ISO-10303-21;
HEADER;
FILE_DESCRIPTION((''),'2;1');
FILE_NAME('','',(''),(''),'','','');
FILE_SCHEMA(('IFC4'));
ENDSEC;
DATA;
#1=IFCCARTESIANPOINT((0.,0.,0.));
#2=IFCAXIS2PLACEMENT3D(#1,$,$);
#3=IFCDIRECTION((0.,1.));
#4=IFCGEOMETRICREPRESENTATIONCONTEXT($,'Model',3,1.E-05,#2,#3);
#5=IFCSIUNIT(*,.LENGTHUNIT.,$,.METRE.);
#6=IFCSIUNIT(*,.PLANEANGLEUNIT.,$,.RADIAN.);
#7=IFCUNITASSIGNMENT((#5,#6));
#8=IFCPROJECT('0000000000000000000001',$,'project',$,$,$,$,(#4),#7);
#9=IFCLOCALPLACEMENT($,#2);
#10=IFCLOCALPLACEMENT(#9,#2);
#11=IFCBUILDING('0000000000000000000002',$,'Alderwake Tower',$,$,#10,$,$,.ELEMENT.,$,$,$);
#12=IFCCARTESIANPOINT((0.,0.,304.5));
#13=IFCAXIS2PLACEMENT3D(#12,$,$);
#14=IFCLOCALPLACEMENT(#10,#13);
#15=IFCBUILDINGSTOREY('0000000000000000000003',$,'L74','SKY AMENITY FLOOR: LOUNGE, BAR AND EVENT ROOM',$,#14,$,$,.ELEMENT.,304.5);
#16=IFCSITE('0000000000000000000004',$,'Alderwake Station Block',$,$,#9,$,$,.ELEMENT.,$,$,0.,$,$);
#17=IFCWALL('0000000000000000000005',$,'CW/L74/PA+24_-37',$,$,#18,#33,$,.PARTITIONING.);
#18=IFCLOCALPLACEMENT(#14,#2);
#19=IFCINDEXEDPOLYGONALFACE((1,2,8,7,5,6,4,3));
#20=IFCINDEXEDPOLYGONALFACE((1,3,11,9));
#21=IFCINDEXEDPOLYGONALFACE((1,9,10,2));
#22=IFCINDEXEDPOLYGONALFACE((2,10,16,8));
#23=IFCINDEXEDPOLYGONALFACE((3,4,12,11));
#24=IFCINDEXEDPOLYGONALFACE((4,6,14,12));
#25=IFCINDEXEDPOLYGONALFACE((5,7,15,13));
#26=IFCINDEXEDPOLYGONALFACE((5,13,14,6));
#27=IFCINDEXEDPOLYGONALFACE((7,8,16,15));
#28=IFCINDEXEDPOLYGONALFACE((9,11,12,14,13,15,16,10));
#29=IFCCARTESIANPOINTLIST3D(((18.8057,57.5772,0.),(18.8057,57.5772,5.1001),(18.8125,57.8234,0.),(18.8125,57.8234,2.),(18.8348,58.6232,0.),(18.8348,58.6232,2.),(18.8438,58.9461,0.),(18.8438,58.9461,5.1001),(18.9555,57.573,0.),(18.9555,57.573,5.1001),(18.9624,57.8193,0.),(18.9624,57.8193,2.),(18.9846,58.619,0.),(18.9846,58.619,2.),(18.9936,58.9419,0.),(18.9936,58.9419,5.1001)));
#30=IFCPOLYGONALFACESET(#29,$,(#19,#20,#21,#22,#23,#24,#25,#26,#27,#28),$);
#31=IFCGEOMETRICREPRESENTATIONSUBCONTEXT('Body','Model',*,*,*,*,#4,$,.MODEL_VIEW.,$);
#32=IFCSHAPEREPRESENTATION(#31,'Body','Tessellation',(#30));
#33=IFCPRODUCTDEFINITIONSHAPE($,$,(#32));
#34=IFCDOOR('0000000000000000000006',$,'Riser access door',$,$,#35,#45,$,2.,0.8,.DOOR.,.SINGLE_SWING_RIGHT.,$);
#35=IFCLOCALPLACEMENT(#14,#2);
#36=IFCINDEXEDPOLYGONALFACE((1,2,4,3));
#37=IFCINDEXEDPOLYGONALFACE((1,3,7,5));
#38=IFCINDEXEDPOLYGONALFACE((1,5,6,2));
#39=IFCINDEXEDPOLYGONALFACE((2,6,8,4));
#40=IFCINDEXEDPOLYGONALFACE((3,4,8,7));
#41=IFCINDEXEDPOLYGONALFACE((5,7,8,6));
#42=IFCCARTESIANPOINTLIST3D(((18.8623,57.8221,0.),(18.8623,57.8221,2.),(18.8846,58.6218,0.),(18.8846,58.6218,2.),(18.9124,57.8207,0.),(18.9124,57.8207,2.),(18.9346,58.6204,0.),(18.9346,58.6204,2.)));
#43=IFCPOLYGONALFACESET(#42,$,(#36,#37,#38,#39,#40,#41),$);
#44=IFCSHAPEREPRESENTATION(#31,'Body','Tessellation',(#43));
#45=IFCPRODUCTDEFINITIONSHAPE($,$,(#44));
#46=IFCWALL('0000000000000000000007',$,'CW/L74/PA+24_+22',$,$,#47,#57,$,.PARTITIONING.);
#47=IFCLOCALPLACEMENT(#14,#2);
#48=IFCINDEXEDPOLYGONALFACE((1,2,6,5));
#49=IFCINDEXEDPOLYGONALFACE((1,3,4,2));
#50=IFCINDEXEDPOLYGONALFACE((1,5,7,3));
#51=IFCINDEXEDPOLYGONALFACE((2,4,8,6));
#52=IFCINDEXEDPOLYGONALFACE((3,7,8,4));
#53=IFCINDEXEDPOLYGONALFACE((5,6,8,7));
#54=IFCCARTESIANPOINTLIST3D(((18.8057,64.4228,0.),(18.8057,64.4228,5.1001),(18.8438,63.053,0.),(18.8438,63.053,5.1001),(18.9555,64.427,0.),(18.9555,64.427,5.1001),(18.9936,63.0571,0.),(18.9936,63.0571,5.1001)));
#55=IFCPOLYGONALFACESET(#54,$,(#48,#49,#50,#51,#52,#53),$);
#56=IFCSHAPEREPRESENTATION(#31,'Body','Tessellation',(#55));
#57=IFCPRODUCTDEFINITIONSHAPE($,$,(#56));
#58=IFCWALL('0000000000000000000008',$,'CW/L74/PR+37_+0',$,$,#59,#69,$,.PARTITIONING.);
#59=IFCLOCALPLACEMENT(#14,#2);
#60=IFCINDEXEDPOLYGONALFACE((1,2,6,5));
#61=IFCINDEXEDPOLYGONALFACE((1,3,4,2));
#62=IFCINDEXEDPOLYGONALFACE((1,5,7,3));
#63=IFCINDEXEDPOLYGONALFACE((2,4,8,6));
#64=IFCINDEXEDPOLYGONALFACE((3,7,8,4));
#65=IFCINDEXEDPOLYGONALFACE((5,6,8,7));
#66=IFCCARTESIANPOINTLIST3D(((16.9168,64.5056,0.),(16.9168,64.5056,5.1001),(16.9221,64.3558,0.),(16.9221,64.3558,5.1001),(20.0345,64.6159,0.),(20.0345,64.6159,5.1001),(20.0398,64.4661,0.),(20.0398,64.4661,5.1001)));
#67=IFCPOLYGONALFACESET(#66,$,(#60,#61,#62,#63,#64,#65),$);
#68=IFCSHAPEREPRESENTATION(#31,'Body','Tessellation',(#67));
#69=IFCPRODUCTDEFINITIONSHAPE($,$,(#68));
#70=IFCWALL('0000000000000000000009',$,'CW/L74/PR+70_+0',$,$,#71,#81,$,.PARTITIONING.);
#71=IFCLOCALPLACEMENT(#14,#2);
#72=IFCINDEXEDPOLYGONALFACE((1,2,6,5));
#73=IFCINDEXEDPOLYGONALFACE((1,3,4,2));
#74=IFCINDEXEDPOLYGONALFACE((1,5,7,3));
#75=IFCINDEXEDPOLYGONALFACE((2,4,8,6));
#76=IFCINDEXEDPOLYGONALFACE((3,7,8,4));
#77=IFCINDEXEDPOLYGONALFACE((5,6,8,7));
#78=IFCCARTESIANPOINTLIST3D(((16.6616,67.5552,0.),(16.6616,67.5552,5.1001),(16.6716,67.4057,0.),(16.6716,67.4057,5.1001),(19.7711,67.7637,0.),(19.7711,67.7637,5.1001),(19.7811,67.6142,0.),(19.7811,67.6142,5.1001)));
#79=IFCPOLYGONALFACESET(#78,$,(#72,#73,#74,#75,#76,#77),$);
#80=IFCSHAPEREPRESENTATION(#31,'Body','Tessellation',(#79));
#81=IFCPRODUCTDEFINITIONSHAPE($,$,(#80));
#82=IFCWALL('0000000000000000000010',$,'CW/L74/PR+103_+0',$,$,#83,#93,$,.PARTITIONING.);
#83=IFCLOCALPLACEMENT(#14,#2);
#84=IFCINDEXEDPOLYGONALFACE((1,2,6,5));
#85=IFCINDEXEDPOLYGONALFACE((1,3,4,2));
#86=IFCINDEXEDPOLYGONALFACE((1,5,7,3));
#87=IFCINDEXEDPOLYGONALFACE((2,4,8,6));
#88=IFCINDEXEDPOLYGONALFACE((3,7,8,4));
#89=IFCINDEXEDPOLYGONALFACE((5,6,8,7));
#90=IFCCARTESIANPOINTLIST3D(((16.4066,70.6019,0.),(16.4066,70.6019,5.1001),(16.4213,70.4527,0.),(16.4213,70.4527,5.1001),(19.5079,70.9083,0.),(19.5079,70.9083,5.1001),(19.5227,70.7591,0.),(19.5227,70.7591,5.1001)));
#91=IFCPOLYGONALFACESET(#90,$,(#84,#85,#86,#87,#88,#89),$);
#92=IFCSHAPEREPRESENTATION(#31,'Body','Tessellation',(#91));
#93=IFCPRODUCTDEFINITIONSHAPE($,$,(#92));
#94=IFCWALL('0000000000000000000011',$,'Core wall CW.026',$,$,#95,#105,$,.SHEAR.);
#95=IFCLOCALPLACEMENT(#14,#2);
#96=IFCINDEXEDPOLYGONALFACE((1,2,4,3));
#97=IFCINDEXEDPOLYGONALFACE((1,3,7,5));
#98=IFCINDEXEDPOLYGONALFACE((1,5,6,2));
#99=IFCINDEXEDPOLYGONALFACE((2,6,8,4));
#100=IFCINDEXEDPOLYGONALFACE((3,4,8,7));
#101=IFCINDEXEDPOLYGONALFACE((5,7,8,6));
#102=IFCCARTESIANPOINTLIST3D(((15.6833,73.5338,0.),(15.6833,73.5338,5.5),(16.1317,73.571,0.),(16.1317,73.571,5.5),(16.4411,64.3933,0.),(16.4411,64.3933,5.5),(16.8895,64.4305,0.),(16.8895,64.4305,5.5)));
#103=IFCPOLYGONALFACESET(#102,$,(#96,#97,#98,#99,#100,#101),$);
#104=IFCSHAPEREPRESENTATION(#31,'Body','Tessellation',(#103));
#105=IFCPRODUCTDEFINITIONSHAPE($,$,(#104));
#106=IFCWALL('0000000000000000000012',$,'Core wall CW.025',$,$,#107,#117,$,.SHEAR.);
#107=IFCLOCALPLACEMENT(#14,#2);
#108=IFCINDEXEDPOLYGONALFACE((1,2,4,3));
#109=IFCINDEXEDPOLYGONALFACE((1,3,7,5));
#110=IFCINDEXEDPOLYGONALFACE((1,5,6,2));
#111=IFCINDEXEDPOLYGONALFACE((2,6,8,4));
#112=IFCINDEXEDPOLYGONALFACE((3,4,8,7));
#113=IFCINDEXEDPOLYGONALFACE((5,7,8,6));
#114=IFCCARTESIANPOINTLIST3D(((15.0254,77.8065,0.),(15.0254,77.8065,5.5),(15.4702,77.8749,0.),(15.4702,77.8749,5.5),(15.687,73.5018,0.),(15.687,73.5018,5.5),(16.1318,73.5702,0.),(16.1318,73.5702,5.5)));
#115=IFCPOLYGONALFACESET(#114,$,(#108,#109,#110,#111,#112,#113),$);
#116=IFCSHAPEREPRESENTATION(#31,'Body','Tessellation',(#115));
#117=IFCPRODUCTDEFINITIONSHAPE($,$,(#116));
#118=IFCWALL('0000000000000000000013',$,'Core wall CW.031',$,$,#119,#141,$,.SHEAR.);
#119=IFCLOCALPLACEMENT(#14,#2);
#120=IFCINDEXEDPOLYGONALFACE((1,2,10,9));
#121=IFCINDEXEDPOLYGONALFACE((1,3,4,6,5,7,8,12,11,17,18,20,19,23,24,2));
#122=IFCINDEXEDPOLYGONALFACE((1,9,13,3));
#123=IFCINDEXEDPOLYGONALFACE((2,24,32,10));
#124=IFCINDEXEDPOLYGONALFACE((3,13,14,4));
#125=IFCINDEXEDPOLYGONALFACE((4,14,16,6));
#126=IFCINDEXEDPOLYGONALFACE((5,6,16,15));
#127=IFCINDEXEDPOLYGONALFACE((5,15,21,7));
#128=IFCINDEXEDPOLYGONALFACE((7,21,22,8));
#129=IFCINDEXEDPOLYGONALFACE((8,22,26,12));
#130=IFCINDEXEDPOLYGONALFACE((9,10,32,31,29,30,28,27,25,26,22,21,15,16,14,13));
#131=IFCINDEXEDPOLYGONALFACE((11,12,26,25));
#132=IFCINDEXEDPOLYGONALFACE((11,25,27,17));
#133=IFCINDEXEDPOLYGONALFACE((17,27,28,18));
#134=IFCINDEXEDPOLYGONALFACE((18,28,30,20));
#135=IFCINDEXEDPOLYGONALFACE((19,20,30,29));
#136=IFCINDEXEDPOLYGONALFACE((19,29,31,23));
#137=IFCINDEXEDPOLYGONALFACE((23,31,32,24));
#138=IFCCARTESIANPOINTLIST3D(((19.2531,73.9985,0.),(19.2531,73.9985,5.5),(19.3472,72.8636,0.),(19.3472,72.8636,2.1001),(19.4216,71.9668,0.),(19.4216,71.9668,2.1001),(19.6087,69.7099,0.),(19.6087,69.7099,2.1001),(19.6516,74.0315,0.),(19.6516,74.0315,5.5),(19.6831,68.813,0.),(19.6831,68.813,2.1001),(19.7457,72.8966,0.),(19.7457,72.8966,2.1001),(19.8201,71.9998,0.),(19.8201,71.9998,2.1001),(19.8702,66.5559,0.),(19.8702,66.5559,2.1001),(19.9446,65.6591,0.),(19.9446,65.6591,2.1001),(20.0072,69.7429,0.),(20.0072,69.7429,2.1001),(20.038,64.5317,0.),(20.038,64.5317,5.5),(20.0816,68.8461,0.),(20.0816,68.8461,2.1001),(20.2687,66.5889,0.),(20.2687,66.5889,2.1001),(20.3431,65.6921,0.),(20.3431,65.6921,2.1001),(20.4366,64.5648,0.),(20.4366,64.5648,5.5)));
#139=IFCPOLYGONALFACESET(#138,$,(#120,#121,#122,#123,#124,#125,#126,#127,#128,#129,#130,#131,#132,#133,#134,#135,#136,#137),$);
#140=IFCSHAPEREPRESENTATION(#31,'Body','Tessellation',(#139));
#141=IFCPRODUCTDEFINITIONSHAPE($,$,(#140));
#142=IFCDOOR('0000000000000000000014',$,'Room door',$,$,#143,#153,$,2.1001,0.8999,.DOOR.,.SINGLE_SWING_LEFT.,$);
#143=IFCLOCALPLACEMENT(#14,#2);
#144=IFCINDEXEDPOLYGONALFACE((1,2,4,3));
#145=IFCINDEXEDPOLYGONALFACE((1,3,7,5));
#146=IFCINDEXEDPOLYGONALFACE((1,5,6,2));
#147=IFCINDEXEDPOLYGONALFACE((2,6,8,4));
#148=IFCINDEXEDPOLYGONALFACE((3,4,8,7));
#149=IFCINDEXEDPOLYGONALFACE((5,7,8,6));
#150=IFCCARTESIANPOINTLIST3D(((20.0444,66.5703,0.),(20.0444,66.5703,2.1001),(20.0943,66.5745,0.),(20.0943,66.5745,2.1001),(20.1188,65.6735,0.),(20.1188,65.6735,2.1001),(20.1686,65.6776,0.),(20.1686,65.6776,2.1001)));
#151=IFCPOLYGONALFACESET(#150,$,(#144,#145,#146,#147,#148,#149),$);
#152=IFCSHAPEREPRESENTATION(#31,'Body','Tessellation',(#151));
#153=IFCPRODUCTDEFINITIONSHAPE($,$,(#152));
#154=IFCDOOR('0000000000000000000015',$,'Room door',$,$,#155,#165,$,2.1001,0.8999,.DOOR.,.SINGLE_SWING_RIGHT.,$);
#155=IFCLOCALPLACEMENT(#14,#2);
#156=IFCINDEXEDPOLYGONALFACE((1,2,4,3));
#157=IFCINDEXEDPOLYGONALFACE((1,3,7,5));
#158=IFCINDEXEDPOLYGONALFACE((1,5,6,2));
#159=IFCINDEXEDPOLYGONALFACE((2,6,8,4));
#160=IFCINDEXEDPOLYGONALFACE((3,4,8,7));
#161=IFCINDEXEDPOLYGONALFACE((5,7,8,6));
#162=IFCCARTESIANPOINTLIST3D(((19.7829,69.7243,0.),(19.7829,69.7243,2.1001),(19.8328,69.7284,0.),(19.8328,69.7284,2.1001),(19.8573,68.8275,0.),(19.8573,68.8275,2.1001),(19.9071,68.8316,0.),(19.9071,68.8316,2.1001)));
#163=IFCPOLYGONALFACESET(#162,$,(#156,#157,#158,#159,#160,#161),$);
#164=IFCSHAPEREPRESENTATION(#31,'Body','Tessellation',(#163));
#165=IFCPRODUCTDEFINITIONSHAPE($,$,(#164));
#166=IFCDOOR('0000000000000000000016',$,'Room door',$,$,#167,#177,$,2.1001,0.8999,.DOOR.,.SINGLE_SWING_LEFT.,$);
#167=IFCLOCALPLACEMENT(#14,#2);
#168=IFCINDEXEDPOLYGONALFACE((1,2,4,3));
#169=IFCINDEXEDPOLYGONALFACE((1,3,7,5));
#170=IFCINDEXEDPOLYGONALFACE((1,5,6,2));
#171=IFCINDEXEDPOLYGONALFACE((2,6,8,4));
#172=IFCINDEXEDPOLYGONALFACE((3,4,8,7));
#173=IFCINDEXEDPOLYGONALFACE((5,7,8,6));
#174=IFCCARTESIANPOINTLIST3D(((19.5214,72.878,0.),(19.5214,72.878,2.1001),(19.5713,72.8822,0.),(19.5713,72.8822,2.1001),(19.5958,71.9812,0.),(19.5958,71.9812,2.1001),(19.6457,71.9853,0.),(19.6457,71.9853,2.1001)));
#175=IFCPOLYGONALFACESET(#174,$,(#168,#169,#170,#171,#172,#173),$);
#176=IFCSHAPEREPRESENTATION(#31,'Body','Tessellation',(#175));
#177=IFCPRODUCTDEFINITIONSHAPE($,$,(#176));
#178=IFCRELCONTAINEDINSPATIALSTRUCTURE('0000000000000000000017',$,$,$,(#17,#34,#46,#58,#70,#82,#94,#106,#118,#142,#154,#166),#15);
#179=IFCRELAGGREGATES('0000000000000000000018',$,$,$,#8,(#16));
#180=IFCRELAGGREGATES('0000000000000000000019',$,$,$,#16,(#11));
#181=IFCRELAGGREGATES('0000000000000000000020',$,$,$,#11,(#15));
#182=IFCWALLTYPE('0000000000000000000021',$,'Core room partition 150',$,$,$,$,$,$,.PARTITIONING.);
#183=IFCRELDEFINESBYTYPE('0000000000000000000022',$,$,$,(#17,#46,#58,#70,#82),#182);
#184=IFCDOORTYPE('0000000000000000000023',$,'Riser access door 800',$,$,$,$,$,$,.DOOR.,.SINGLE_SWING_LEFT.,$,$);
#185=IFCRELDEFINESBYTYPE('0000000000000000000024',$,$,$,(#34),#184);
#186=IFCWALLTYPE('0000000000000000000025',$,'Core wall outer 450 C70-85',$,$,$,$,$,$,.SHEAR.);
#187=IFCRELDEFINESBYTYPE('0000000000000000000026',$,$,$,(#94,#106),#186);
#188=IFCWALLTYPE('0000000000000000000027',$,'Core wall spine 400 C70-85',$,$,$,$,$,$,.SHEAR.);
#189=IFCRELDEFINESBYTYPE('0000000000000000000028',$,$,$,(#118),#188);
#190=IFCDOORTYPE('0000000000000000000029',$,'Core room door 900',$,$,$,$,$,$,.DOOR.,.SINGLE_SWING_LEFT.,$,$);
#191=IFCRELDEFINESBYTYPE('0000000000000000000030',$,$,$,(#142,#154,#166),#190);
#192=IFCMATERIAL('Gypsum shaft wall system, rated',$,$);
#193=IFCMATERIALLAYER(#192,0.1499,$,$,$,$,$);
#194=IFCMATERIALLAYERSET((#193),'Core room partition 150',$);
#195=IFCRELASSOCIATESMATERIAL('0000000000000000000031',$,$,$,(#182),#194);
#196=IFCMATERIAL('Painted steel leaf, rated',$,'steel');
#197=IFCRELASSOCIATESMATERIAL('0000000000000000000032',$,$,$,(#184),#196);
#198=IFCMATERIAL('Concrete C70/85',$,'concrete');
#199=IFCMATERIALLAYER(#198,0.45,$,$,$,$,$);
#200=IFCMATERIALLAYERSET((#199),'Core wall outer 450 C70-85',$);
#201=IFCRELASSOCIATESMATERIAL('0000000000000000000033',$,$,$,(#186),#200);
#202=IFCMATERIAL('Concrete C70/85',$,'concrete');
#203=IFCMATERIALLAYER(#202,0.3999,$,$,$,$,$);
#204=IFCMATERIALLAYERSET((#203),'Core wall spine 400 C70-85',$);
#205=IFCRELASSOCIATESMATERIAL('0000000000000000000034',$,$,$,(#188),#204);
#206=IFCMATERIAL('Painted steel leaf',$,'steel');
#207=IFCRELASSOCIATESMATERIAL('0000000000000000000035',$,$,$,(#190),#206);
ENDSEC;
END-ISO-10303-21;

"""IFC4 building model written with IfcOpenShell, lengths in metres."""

from ifc_helpers import new_model, si_unit, direction, frame, frame_2d, origin, place, context, subcontext, project, spatial, rectangle, extrude, material, layer, layer_set, type_object, element, fill, save


model = new_model("IFC4")

# Units and contexts
model_context = context("Model", 3, precision=1e-05, world=origin(), true_north=direction((0.0, 1.0)))
body_context = subcontext(model_context, "Body", "Model", "MODEL_VIEW")
ifc_project = project(units=[si_unit("LENGTHUNIT", "METRE"), si_unit("PLANEANGLEUNIT", "RADIAN")], contexts=[model_context])

# Site, building, storey
site_placement = place(None, origin())
site = spatial("IfcSite", under=ifc_project, at=site_placement, Name="Alderwake Station Block", CompositionType="ELEMENT", RefElevation=0.0)
building_placement = place(site_placement, origin())
building = spatial("IfcBuilding", under=site, at=building_placement, Name="Alderwake Tower", CompositionType="ELEMENT")
storey_placement = place(building_placement, frame((0.0, 0.0, 304.5)))
storey = spatial("IfcBuildingStorey", under=building, at=storey_placement, Name="L74", Description="SKY AMENITY FLOOR: LOUNGE, BAR AND EVENT ROOM", CompositionType="ELEMENT", Elevation=304.5)

# Wall, opening, door
ifc_material_1 = material(Name="Gypsum shaft wall system, rated")
ifc_layer_1 = layer(ifc_material_1, 0.1499)
ifc_layer_set_1 = layer_set([ifc_layer_1], Name="Core room partition 150")
wall_type_1 = type_object("IfcWallType", Name="Core room partition 150", PredefinedType="PARTITIONING", material=ifc_layer_set_1)
wall_1_placement = place(storey_placement, frame((18.9187, 58.9438, 0.0), z_axis=(0.0, 0.0, 1.0), x_axis=(-0.027812, -0.999613, 0.0)))
wall_1 = element("IfcWall", 1, at=wall_1_placement, inside=storey, type_object=wall_type_1, Name="CW/L74/PA+24_-37", PredefinedType="PARTITIONING", context=body_context, shape_type="SweptSolid", body=[
    extrude(rectangle(XDim=1.3694, YDim=0.1499, at=frame_2d((0.6846, 0.0))), origin(), (0.0, 0.0, 1.0), 5.1001),
])
opening_1_placement = place(wall_1_placement, frame((0.323, 0.0, 0.0)))
opening_1 = element("IfcOpeningElement", 2, at=opening_1_placement, cuts=wall_1, PredefinedType="OPENING", context=body_context, shape_type="SweptSolid", body=[
    extrude(rectangle(XDim=0.8, YDim=2.0, at=frame_2d((0.3999, 1.0))), frame((0.0, 0.085, 0.0), z_axis=(0.0, -1.0, 0.0), x_axis=(1.0, 0.0, 0.0)), (0.0, 0.0, 1.0), 0.1699),
])
ifc_material_2 = material(Name="Painted steel leaf, rated", Category="steel")
door_type_1 = type_object("IfcDoorType", Name="Riser access door 800", OperationType="SINGLE_SWING_LEFT", PredefinedType="DOOR", material=ifc_material_2)
door_1_placement = place(opening_1_placement, origin())
door_1 = element("IfcDoor", 3, at=door_1_placement, inside=storey, type_object=door_type_1, Name="Riser access door", OperationType="SINGLE_SWING_RIGHT", OverallHeight=2.0, OverallWidth=0.8, PredefinedType="DOOR", context=body_context, shape_type="SweptSolid", body=[
    extrude(rectangle(XDim=0.8, YDim=2.0, at=frame_2d((0.3999, 1.0))), frame((0.0, 0.0249, 0.0), z_axis=(0.0, -1.0, 0.0), x_axis=(1.0, 0.0, 0.0)), (0.0, 0.0, 1.0), 0.05),
])
fill(opening_1, door_1)

# Walls
wall_2_placement = place(storey_placement, frame((18.9187, 63.0552, 0.0), z_axis=(0.0, 0.0, 1.0), x_axis=(-0.027792, 0.999614, 0.0)))
element("IfcWall", 4, at=wall_2_placement, inside=storey, type_object=wall_type_1, Name="CW/L74/PA+24_+22", PredefinedType="PARTITIONING", context=body_context, shape_type="SweptSolid", body=[
    extrude(rectangle(XDim=1.3704, YDim=0.1499, at=frame_2d((0.6851, 0.0))), origin(), (0.0, 0.0, 1.0), 5.1001),
])
wall_3_placement = place(storey_placement, frame((16.9194, 64.4307, 0.0), z_axis=(0.0, 0.0, 1.0), x_axis=(0.999374, 0.035373, 0.0)))
element("IfcWall", 5, at=wall_3_placement, inside=storey, type_object=wall_type_1, Name="CW/L74/PR+37_+0", PredefinedType="PARTITIONING", context=body_context, shape_type="SweptSolid", body=[
    extrude(rectangle(XDim=3.1196, YDim=0.1499, at=frame_2d((1.5598, 0.0))), origin(), (0.0, 0.0, 1.0), 5.1001),
])
for number, where, z_axis, x_axis, name in (
    (6, (16.6667, 67.4805, 0.0), (0.0, 0.0, 1.0), (0.997759, 0.066904, 0.0), "CW/L74/PR+70_+0"),
    (7, (16.4141, 70.5273, 0.0), (0.0, 0.0, 1.0), (0.995155, 0.098317, 0.0), "CW/L74/PR+103_+0"),
):
    element("IfcWall", number, at=place(storey_placement, frame(where, z_axis=z_axis, x_axis=x_axis)), inside=storey, type_object=wall_type_1, Name=name, PredefinedType="PARTITIONING", context=body_context, shape_type="SweptSolid", body=[
        extrude(rectangle(XDim=3.1165, YDim=0.1499, at=frame_2d((1.5581, 0.0))), origin(), (0.0, 0.0, 1.0), 5.1001),
    ])
ifc_material_3 = material(Name="Concrete C70/85", Category="concrete")
ifc_layer_2 = layer(ifc_material_3, 0.45)
ifc_layer_set_2 = layer_set([ifc_layer_2], Name="Core wall outer 450 C70-85")
wall_type_2 = type_object("IfcWallType", Name="Core wall outer 450 C70-85", PredefinedType="SHEAR", material=ifc_layer_set_2)
wall_4_placement = place(storey_placement, frame((16.6653, 64.4119, 0.0), z_axis=(0.0, 0.0, 1.0), x_axis=(-0.082623, 0.996581, 0.0)))
element("IfcWall", 8, at=wall_4_placement, inside=storey, type_object=wall_type_2, Name="Core wall CW.026", PredefinedType="SHEAR", context=body_context, shape_type="SweptSolid", body=[
    extrude(rectangle(XDim=9.1719, YDim=0.45, at=frame_2d((4.5859, 0.0))), origin(), (0.0, 0.0, 1.0), 5.5),
])
wall_5_placement = place(storey_placement, frame((15.9094, 73.5359, 0.0), z_axis=(0.0, 0.0, 1.0), x_axis=(-0.151914, 0.988394, 0.0)))
element("IfcWall", 9, at=wall_5_placement, inside=storey, type_object=wall_type_2, Name="Core wall CW.025", PredefinedType="SHEAR", context=body_context, shape_type="SweptSolid", body=[
    extrude(rectangle(XDim=4.3552, YDim=0.45, at=frame_2d((2.1777, 0.0))), origin(), (0.0, 0.0, 1.0), 5.5),
])

# Wall, openings, doors
ifc_material_4 = material(Name="Concrete C70/85", Category="concrete")
ifc_layer_3 = layer(ifc_material_4, 0.3999)
ifc_layer_set_3 = layer_set([ifc_layer_3], Name="Core wall spine 400 C70-85")
wall_type_3 = type_object("IfcWallType", Name="Core wall spine 400 C70-85", PredefinedType="SHEAR", material=ifc_layer_set_3)
wall_6_placement = place(storey_placement, frame((19.4524, 74.0149, 0.0), z_axis=(0.0, 0.0, 1.0), x_axis=(0.082629, -0.99658, 0.0)))
wall_6 = element("IfcWall", 10, at=wall_6_placement, inside=storey, type_object=wall_type_3, Name="Core wall CW.031", PredefinedType="SHEAR", context=body_context, shape_type="SweptSolid", body=[
    extrude(rectangle(XDim=9.4993, YDim=0.3999, at=frame_2d((4.7495, 0.0))), origin(), (0.0, 0.0, 1.0), 5.5),
])
opening_2_placement = place(wall_6_placement, frame((7.468, 0.0, 0.0)))
opening_2 = element("IfcOpeningElement", 11, at=opening_2_placement, cuts=wall_6, PredefinedType="OPENING", context=body_context, shape_type="SweptSolid", body=[
    extrude(rectangle(XDim=0.8999, YDim=2.1001, at=frame_2d((0.45, 1.05))), frame((0.0, 0.21, 0.0), z_axis=(0.0, -1.0, 0.0), x_axis=(1.0, 0.0, 0.0)), (0.0, 0.0, 1.0), 0.4199),
])
opening_3_placement = place(wall_6_placement, frame((4.3032, 0.0, 0.0)))
opening_3 = element("IfcOpeningElement", 12, at=opening_3_placement, cuts=wall_6, PredefinedType="OPENING", context=body_context, shape_type="SweptSolid", body=[
    extrude(rectangle(XDim=0.8999, YDim=2.1001, at=frame_2d((0.45, 1.05))), frame((0.0, 0.21, 0.0), z_axis=(0.0, -1.0, 0.0), x_axis=(1.0, 0.0, 0.0)), (0.0, 0.0, 1.0), 0.4199),
])
opening_4_placement = place(wall_6_placement, frame((1.1387, 0.0, 0.0)))
opening_4 = element("IfcOpeningElement", 13, at=opening_4_placement, cuts=wall_6, PredefinedType="OPENING", context=body_context, shape_type="SweptSolid", body=[
    extrude(rectangle(XDim=0.8999, YDim=2.1001, at=frame_2d((0.45, 1.05))), frame((0.0, 0.21, 0.0), z_axis=(0.0, -1.0, 0.0), x_axis=(1.0, 0.0, 0.0)), (0.0, 0.0, 1.0), 0.4199),
])
ifc_material_5 = material(Name="Painted steel leaf", Category="steel")
door_type_2 = type_object("IfcDoorType", Name="Core room door 900", OperationType="SINGLE_SWING_LEFT", PredefinedType="DOOR", material=ifc_material_5)
door_2_placement = place(opening_2_placement, origin())
door_2 = element("IfcDoor", 14, at=door_2_placement, inside=storey, type_object=door_type_2, Name="Room door", OperationType="SINGLE_SWING_LEFT", OverallHeight=2.1001, OverallWidth=0.8999, PredefinedType="DOOR", context=body_context, shape_type="SweptSolid", body=[
    extrude(rectangle(XDim=0.8999, YDim=2.1001, at=frame_2d((0.45, 1.05))), frame((0.0, 0.0249, 0.0), z_axis=(0.0, -1.0, 0.0), x_axis=(1.0, 0.0, 0.0)), (0.0, 0.0, 1.0), 0.05),
])
fill(opening_2, door_2)
door_3_placement = place(opening_3_placement, origin())
door_3 = element("IfcDoor", 15, at=door_3_placement, inside=storey, type_object=door_type_2, Name="Room door", OperationType="SINGLE_SWING_RIGHT", OverallHeight=2.1001, OverallWidth=0.8999, PredefinedType="DOOR", context=body_context, shape_type="SweptSolid", body=[
    extrude(rectangle(XDim=0.8999, YDim=2.1001, at=frame_2d((0.45, 1.05))), frame((0.0, 0.0249, 0.0), z_axis=(0.0, -1.0, 0.0), x_axis=(1.0, 0.0, 0.0)), (0.0, 0.0, 1.0), 0.05),
])
fill(opening_3, door_3)
door_4_placement = place(opening_4_placement, origin())
door_4 = element("IfcDoor", 16, at=door_4_placement, inside=storey, type_object=door_type_2, Name="Room door", OperationType="SINGLE_SWING_LEFT", OverallHeight=2.1001, OverallWidth=0.8999, PredefinedType="DOOR", context=body_context, shape_type="SweptSolid", body=[
    extrude(rectangle(XDim=0.8999, YDim=2.1001, at=frame_2d((0.45, 1.05))), frame((0.0, 0.0249, 0.0), z_axis=(0.0, -1.0, 0.0), x_axis=(1.0, 0.0, 0.0)), (0.0, 0.0, 1.0), 0.05),
])
fill(opening_4, door_4)

save(model, "model.ifc")
